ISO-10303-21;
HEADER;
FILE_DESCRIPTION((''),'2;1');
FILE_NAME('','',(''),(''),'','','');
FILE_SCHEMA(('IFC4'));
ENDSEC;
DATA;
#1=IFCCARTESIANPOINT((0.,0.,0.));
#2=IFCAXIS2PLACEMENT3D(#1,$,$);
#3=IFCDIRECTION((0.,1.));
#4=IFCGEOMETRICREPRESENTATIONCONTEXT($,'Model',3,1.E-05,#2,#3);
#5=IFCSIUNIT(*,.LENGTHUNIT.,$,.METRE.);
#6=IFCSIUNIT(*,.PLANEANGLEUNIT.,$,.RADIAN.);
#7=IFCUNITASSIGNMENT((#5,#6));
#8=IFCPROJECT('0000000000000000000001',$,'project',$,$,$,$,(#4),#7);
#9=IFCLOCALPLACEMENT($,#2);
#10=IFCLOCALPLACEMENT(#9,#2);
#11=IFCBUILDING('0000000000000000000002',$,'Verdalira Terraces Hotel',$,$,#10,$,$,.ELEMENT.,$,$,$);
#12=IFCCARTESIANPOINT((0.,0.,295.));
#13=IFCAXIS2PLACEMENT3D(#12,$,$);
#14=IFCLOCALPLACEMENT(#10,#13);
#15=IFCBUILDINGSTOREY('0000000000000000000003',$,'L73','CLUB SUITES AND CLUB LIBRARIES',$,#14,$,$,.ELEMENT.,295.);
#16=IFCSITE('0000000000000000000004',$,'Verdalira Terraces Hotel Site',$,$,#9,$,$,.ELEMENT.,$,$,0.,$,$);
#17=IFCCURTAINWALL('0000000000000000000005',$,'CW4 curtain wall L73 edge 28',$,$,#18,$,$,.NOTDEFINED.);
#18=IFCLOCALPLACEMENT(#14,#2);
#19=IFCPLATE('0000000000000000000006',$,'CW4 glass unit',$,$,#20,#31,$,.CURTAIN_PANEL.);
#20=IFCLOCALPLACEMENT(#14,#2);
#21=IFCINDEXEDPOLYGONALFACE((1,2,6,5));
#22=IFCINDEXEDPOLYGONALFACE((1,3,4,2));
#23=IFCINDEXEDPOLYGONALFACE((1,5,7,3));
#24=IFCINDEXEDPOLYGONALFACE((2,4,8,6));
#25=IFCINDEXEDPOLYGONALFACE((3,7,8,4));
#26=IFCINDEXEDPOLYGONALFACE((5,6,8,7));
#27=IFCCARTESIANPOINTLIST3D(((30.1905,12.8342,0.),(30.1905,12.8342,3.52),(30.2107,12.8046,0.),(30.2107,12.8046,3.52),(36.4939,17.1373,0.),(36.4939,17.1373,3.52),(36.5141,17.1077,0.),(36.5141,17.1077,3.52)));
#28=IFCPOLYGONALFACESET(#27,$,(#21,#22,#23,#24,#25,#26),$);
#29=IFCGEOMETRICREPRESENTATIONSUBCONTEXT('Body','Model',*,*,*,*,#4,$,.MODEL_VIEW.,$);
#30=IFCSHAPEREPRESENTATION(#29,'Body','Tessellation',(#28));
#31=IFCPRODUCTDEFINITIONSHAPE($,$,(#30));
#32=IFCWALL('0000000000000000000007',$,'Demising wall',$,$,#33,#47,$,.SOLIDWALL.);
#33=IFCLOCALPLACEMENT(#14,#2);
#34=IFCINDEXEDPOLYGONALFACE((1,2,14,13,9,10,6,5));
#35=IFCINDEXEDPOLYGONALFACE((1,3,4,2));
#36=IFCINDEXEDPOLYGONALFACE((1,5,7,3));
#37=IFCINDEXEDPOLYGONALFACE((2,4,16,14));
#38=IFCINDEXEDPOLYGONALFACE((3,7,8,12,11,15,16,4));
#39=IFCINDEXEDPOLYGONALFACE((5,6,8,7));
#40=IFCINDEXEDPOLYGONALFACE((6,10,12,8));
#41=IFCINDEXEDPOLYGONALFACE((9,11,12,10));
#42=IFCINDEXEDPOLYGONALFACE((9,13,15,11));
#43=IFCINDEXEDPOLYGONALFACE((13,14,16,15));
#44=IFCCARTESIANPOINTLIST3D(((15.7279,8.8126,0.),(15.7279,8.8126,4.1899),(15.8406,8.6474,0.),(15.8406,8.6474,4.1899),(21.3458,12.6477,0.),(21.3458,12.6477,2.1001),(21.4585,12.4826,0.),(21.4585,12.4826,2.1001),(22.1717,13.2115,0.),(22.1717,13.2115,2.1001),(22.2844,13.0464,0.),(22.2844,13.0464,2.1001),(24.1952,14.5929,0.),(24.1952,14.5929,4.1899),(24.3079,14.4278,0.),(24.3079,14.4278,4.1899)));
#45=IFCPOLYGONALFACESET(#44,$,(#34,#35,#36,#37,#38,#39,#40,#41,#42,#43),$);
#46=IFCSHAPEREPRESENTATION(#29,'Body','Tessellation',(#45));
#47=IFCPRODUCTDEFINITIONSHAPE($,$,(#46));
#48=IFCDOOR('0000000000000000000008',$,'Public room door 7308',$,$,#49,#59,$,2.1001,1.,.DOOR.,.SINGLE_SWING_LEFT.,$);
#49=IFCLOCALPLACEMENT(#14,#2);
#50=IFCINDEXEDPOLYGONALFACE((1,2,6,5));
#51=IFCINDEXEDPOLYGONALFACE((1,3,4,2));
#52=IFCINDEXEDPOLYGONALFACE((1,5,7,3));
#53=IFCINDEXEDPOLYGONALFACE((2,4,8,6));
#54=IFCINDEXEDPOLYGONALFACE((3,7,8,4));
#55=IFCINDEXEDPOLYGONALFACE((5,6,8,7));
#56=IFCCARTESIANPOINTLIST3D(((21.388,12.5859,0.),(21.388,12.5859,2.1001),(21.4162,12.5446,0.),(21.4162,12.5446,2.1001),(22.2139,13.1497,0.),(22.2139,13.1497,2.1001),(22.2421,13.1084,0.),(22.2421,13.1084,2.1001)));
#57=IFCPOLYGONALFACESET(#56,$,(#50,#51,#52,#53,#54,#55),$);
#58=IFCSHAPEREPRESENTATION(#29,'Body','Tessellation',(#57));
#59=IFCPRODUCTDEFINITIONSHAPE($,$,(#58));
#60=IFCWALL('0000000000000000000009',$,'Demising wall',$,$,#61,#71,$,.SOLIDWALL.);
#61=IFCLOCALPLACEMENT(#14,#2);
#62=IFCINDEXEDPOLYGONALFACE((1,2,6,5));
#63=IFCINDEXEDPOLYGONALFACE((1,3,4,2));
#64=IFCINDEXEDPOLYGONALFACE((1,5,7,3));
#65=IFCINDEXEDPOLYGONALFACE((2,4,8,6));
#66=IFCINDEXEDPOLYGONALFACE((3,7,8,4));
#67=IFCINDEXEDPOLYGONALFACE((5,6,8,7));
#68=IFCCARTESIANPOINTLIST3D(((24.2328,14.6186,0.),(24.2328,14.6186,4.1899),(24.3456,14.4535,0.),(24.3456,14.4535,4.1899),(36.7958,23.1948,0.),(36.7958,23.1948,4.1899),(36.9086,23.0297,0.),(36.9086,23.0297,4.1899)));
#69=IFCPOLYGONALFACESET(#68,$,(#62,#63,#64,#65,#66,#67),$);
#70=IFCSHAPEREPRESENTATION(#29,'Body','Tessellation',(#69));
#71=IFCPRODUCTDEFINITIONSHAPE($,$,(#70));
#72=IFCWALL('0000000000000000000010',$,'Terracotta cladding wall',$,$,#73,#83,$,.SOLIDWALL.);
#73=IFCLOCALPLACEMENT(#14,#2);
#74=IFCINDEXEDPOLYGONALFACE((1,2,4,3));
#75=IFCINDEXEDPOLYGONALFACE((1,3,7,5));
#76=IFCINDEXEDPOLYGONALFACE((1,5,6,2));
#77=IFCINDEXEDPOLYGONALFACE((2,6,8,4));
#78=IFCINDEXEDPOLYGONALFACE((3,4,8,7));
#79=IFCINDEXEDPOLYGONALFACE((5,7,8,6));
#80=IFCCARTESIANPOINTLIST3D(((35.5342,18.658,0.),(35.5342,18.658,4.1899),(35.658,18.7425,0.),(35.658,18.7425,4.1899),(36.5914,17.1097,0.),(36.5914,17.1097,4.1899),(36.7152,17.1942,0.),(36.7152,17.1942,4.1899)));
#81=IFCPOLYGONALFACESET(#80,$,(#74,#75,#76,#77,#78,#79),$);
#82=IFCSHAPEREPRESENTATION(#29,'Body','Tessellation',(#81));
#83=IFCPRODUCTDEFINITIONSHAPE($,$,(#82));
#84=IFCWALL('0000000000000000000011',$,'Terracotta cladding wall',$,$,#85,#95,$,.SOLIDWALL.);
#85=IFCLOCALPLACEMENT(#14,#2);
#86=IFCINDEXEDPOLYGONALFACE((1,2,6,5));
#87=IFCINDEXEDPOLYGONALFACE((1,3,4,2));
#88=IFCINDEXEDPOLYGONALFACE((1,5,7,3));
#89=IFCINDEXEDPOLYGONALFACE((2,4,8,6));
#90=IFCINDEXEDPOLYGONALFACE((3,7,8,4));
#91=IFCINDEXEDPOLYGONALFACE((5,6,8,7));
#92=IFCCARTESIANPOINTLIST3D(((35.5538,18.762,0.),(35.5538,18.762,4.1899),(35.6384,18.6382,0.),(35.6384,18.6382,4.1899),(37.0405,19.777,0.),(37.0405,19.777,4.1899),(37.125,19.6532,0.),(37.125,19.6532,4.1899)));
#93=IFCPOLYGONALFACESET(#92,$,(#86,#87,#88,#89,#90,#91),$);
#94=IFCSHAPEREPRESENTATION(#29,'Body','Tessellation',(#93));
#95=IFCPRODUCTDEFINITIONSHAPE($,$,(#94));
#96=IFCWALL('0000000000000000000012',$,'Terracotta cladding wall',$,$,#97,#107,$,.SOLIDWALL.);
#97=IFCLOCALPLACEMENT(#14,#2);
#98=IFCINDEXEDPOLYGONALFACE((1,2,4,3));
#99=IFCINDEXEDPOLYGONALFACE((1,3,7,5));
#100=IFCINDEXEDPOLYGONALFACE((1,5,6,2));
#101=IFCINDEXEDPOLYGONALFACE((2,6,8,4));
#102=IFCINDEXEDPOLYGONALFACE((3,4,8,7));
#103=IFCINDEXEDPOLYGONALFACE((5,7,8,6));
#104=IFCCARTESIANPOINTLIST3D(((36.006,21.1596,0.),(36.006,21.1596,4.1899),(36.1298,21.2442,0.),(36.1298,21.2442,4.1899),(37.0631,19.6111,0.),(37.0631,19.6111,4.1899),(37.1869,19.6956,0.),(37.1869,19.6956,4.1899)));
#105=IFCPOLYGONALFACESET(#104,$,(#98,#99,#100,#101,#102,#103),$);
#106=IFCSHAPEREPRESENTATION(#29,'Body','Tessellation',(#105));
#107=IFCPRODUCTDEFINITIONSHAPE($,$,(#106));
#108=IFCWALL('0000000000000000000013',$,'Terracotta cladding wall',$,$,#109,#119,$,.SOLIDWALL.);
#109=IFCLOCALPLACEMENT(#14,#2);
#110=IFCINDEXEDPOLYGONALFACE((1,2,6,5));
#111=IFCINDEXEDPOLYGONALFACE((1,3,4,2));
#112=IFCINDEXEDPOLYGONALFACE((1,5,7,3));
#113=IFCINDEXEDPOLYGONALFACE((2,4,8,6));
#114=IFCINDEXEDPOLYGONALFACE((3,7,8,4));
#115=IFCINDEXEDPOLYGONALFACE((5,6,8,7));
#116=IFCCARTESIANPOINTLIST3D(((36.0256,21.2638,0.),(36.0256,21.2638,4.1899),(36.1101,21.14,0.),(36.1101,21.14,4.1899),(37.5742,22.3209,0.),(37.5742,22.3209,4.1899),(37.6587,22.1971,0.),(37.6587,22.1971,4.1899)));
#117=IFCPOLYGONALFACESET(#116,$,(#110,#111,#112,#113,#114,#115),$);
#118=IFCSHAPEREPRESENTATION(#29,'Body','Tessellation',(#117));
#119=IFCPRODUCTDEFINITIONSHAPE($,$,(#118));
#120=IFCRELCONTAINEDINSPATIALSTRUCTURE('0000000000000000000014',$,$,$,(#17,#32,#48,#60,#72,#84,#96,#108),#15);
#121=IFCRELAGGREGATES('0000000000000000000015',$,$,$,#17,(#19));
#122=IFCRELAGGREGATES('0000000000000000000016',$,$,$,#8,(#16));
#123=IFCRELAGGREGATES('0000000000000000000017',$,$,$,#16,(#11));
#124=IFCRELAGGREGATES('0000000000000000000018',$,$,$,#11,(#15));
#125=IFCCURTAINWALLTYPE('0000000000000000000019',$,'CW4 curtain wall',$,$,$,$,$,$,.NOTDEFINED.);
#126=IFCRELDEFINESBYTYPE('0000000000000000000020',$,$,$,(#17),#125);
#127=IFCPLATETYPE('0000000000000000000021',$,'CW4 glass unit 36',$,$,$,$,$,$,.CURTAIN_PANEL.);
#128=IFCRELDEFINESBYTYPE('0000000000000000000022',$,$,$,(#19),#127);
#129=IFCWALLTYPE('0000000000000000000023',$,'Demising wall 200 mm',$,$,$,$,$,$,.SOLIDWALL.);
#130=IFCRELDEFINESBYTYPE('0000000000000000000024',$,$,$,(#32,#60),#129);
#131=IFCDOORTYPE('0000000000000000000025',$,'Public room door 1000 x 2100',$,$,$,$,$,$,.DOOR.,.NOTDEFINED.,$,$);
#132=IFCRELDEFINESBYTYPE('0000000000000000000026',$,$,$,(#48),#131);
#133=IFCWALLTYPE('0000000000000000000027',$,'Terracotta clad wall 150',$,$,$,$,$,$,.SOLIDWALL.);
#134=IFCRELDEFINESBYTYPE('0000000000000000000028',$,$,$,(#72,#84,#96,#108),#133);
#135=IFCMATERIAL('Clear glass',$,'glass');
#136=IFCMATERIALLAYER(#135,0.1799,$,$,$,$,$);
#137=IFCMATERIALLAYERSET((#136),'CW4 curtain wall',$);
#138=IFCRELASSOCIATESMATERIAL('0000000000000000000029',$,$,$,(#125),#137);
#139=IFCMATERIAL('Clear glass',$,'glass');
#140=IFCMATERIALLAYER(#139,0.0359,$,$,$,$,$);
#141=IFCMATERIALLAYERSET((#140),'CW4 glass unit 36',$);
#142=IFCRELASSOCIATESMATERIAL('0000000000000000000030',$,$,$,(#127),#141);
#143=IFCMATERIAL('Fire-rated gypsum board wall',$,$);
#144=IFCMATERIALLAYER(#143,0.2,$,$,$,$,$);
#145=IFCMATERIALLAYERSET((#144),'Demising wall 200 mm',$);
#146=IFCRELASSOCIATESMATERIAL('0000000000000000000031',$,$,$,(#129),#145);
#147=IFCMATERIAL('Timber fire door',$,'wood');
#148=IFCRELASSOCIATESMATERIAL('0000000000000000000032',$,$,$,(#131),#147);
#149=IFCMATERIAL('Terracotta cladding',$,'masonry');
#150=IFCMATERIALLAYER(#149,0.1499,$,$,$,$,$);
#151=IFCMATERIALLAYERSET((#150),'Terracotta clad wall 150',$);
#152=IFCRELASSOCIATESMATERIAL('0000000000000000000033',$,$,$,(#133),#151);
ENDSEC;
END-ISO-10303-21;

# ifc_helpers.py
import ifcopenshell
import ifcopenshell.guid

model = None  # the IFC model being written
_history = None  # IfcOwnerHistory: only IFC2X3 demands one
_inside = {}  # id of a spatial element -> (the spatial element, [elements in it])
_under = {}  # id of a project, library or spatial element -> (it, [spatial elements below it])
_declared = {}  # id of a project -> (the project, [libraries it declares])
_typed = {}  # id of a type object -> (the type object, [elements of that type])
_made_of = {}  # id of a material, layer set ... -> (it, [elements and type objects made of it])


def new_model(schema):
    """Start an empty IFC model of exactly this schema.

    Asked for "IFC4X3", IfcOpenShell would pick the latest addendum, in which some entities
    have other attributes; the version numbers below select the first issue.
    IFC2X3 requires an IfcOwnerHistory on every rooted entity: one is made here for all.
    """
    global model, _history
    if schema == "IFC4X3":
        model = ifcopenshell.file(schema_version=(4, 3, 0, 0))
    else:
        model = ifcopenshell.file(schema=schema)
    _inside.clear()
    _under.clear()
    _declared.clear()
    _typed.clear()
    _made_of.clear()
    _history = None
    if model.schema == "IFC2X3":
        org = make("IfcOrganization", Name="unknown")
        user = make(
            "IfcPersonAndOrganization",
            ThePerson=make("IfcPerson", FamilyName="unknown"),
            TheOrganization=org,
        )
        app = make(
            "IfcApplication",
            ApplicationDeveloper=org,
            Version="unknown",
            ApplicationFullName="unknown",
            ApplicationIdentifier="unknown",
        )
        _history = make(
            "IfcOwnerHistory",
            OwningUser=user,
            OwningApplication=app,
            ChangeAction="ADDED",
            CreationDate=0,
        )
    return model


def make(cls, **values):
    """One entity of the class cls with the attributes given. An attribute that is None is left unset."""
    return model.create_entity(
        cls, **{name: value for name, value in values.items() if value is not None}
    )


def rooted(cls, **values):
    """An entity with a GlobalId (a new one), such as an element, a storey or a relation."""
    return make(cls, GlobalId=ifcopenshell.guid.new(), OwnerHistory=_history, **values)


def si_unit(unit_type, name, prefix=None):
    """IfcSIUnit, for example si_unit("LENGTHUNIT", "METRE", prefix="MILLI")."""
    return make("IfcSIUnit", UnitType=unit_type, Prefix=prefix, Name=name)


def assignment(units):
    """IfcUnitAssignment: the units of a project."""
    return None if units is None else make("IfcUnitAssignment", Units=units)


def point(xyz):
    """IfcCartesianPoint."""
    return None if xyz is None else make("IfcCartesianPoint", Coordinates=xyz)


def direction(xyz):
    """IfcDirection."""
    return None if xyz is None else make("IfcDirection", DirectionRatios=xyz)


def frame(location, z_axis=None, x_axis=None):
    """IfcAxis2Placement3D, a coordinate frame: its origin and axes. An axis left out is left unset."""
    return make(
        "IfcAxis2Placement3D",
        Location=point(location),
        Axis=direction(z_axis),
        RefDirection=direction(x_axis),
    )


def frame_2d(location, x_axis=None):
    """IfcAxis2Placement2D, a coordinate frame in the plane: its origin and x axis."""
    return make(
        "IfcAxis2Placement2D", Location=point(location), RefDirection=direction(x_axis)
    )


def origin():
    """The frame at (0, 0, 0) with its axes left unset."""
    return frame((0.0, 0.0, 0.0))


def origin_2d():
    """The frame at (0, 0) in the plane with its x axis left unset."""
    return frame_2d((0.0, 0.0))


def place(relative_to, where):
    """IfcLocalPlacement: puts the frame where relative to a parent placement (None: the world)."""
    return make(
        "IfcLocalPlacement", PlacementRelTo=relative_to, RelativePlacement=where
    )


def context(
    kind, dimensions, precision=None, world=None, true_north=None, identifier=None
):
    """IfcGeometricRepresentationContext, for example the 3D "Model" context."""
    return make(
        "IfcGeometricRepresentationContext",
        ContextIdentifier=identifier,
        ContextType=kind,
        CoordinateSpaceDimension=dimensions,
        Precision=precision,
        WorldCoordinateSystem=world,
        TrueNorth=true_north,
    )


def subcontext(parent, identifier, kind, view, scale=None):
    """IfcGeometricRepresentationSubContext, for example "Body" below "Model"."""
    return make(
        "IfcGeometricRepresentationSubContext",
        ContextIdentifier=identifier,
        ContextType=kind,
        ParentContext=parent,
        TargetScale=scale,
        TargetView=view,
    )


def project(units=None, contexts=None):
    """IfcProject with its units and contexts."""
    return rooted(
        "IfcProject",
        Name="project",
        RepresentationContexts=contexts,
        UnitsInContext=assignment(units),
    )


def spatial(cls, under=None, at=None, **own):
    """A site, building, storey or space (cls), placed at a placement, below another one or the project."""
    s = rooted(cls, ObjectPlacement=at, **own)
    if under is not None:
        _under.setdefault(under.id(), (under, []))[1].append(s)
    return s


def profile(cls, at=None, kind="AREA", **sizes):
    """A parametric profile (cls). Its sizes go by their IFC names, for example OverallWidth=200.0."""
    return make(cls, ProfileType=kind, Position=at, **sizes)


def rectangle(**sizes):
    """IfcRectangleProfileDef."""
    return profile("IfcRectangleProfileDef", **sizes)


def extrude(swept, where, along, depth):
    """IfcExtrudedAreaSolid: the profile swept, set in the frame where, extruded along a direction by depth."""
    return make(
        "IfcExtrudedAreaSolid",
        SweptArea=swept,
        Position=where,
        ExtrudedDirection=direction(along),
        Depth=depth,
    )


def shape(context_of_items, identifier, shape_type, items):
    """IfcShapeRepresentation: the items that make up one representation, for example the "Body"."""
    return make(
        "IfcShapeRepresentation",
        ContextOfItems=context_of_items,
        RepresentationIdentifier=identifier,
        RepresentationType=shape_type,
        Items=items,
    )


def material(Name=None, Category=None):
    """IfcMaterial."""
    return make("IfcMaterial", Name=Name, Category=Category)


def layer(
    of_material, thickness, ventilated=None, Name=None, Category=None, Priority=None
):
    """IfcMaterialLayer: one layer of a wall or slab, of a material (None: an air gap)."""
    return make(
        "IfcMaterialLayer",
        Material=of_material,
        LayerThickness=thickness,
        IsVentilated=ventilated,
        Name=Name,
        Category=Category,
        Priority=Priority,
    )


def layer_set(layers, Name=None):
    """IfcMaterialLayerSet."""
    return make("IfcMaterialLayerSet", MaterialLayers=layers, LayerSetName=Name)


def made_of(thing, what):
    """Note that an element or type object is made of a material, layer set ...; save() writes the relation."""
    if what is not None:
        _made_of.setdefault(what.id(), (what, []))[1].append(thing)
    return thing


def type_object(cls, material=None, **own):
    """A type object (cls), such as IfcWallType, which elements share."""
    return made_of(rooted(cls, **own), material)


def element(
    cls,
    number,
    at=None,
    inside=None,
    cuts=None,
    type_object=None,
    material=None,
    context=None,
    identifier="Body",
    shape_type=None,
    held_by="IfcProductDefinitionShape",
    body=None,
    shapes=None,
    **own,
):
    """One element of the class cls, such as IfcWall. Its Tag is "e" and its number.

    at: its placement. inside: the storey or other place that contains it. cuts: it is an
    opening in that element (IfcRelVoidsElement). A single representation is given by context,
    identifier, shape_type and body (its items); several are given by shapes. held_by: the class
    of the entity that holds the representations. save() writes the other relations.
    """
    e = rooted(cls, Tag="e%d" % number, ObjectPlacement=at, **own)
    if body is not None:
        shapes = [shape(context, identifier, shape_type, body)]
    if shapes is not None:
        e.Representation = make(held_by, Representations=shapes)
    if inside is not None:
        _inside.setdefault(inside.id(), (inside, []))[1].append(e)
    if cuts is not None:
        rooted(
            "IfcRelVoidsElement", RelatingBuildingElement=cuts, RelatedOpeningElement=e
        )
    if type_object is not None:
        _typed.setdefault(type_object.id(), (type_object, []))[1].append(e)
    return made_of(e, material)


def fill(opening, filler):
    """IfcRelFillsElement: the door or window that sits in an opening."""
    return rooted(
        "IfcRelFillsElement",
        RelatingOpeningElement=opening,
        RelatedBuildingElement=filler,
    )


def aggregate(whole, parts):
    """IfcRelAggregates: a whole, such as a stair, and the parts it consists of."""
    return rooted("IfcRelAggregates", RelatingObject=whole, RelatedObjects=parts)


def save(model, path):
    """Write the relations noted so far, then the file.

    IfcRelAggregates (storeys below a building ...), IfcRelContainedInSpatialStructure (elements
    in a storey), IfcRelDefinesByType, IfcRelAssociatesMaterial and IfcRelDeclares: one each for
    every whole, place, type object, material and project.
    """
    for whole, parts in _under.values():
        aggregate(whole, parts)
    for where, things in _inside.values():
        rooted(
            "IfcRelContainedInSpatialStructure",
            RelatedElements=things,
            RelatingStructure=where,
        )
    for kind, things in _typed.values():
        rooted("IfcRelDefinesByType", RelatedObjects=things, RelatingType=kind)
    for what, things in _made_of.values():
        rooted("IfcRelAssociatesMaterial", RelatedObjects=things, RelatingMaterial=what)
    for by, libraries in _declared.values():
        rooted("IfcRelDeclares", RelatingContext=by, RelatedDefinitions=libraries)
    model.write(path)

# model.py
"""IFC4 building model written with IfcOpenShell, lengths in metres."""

from ifc_helpers import new_model, si_unit, direction, frame, frame_2d, origin, origin_2d, place, context, subcontext, project, spatial, rectangle, extrude, material, layer, layer_set, type_object, element, fill, aggregate, save


model = new_model("IFC4")

# Units and contexts
model_context = context("Model", 3, precision=1e-05, world=origin(), true_north=direction((0.0, 1.0)))
body_context = subcontext(model_context, "Body", "Model", "MODEL_VIEW")
ifc_project = project(units=[si_unit("LENGTHUNIT", "METRE"), si_unit("PLANEANGLEUNIT", "RADIAN")], contexts=[model_context])

# Site, building, storey
site_placement = place(None, origin())
site = spatial("IfcSite", under=ifc_project, at=site_placement, Name="Verdalira Terraces Hotel Site", CompositionType="ELEMENT", RefElevation=0.0)
building_placement = place(site_placement, origin())
building = spatial("IfcBuilding", under=site, at=building_placement, Name="Verdalira Terraces Hotel", CompositionType="ELEMENT")
storey_placement = place(building_placement, frame((0.0, 0.0, 295.0)))
storey = spatial("IfcBuildingStorey", under=building, at=storey_placement, Name="L73", Description="CLUB SUITES AND CLUB LIBRARIES", CompositionType="ELEMENT", Elevation=295.0)

# Curtain wall
ifc_material_1 = material(Name="Clear glass", Category="glass")
ifc_layer_1 = layer(ifc_material_1, 0.1799)
ifc_layer_set_1 = layer_set([ifc_layer_1], Name="CW4 curtain wall")
curtain_wall_type = type_object("IfcCurtainWallType", Name="CW4 curtain wall", PredefinedType="NOTDEFINED", material=ifc_layer_set_1)
curtain_wall_1_placement = place(storey_placement, origin())
curtain_wall_1 = element("IfcCurtainWall", 1, at=curtain_wall_1_placement, inside=storey, type_object=curtain_wall_type, Name="CW4 curtain wall L73 edge 28", PredefinedType="NOTDEFINED")

# Plate
ifc_material_2 = material(Name="Clear glass", Category="glass")
ifc_layer_2 = layer(ifc_material_2, 0.0359)
ifc_layer_set_2 = layer_set([ifc_layer_2], Name="CW4 glass unit 36")
plate_type = type_object("IfcPlateType", Name="CW4 glass unit 36", PredefinedType="CURTAIN_PANEL", material=ifc_layer_set_2)
plate_1_placement = place(storey_placement, frame((33.3523, 14.9709, 0.0), z_axis=(0.0, 0.0, 1.0), x_axis=(0.825902, 0.563814, 0.0)))
plate_1 = element("IfcPlate", 2, at=plate_1_placement, type_object=plate_type, Name="CW4 glass unit", PredefinedType="CURTAIN_PANEL", context=body_context, shape_type="SweptSolid", body=[
    extrude(rectangle(XDim=7.6321, YDim=0.0359, at=origin_2d()), origin(), (0.0, 0.0, 1.0), 3.52),
])
aggregate(curtain_wall_1, [plate_1])

# Wall, opening, door
ifc_material_3 = material(Name="Fire-rated gypsum board wall")
ifc_layer_3 = layer(ifc_material_3, 0.2)
ifc_layer_set_3 = layer_set([ifc_layer_3], Name="Demising wall 200 mm")
wall_type_1 = type_object("IfcWallType", Name="Demising wall 200 mm", PredefinedType="SOLIDWALL", material=ifc_layer_set_3)
wall_1_placement = place(storey_placement, frame((24.2515, 14.5103, 0.0), z_axis=(0.0, 0.0, 1.0), x_axis=(-0.825904, -0.563811, 0.0)))
wall_1 = element("IfcWall", 3, at=wall_1_placement, inside=storey, type_object=wall_type_1, Name="Demising wall", PredefinedType="SOLIDWALL", context=body_context, shape_type="SweptSolid", body=[
    extrude(rectangle(XDim=10.2522, YDim=0.2, at=frame_2d((5.126, 0.0))), origin(), (0.0, 0.0, 1.0), 4.1899),
])
opening_placement = place(wall_1_placement, frame((2.45, 0.0, 0.0)))
opening = element("IfcOpeningElement", 4, at=opening_placement, cuts=wall_1, PredefinedType="OPENING", context=body_context, shape_type="SweptSolid", body=[
    extrude(rectangle(XDim=1.0, YDim=2.1001, at=frame_2d((0.5, 1.05))), frame((0.0, 0.1099, 0.0), z_axis=(0.0, -1.0, 0.0), x_axis=(1.0, 0.0, 0.0)), (0.0, 0.0, 1.0), 0.22),
])
ifc_material_4 = material(Name="Timber fire door", Category="wood")
door_type = type_object("IfcDoorType", Name="Public room door 1000 x 2100", OperationType="NOTDEFINED", PredefinedType="DOOR", material=ifc_material_4)
door_placement = place(opening_placement, origin())
door = element("IfcDoor", 5, at=door_placement, inside=storey, type_object=door_type, Name="Public room door 7308", OperationType="SINGLE_SWING_LEFT", OverallHeight=2.1001, OverallWidth=1.0, PredefinedType="DOOR", context=body_context, shape_type="SweptSolid", body=[
    extrude(rectangle(XDim=1.0, YDim=2.1001, at=frame_2d((0.5, 1.05))), frame((0.0, 0.0249, 0.0), z_axis=(0.0, -1.0, 0.0), x_axis=(1.0, 0.0, 0.0)), (0.0, 0.0, 1.0), 0.05),
])
fill(opening, door)

# Walls
wall_2_placement = place(storey_placement, frame((24.2893, 14.5361, 0.0), z_axis=(0.0, 0.0, 1.0), x_axis=(0.825906, 0.563808, 0.0)))
element("IfcWall", 6, at=wall_2_placement, inside=storey, type_object=wall_type_1, Name="Demising wall", PredefinedType="SOLIDWALL", context=body_context, shape_type="SweptSolid", body=[
    extrude(rectangle(XDim=15.2112, YDim=0.2, at=frame_2d((7.6055, 0.0))), origin(), (0.0, 0.0, 1.0), 4.1899),
])
ifc_material_5 = material(Name="Terracotta cladding", Category="masonry")
ifc_layer_4 = layer(ifc_material_5, 0.1499)
ifc_layer_set_4 = layer_set([ifc_layer_4], Name="Terracotta clad wall 150")
wall_type_2 = type_object("IfcWallType", Name="Terracotta clad wall 150", PredefinedType="SOLIDWALL", material=ifc_layer_set_4)
wall_3_placement = place(storey_placement, frame((36.6533, 17.1519, 0.0), z_axis=(0.0, 0.0, 1.0), x_axis=(-0.563862, 0.825869, 0.0)))
element("IfcWall", 7, at=wall_3_placement, inside=storey, type_object=wall_type_2, Name="Terracotta cladding wall", PredefinedType="SOLIDWALL", context=body_context, shape_type="SweptSolid", body=[
    extrude(rectangle(XDim=1.8748, YDim=0.1499, at=frame_2d((0.9375, 0.0))), origin(), (0.0, 0.0, 1.0), 4.1899),
])
wall_4_placement = place(storey_placement, frame((35.5962, 18.7002, 0.0), z_axis=(0.0, 0.0, 1.0), x_axis=(0.825886, 0.563838, 0.0)))
element("IfcWall", 8, at=wall_4_placement, inside=storey, type_object=wall_type_2, Name="Terracotta cladding wall", PredefinedType="SOLIDWALL", context=body_context, shape_type="SweptSolid", body=[
    extrude(rectangle(XDim=1.8, YDim=0.1499, at=frame_2d((0.8999, 0.0))), origin(), (0.0, 0.0, 1.0), 4.1899),
])
for number, where, z_axis, x_axis, name in (
    (9, (37.125, 19.6533, 0.0), (0.0, 0.0, 1.0), (-0.563801, 0.82591, 0.0), "Terracotta cladding wall"),
    (10, (36.0679, 21.2019, 0.0), (0.0, 0.0, 1.0), (0.82591, 0.563801, 0.0), "Terracotta cladding wall"),
):
    element("IfcWall", number, at=place(storey_placement, frame(where, z_axis=z_axis, x_axis=x_axis)), inside=storey, type_object=wall_type_2, Name=name, PredefinedType="SOLIDWALL", context=body_context, shape_type="SweptSolid", body=[
        extrude(rectangle(XDim=1.875, YDim=0.1499, at=frame_2d((0.9375, 0.0))), origin(), (0.0, 0.0, 1.0), 4.1899),
    ])

save(model, "model.ifc")
